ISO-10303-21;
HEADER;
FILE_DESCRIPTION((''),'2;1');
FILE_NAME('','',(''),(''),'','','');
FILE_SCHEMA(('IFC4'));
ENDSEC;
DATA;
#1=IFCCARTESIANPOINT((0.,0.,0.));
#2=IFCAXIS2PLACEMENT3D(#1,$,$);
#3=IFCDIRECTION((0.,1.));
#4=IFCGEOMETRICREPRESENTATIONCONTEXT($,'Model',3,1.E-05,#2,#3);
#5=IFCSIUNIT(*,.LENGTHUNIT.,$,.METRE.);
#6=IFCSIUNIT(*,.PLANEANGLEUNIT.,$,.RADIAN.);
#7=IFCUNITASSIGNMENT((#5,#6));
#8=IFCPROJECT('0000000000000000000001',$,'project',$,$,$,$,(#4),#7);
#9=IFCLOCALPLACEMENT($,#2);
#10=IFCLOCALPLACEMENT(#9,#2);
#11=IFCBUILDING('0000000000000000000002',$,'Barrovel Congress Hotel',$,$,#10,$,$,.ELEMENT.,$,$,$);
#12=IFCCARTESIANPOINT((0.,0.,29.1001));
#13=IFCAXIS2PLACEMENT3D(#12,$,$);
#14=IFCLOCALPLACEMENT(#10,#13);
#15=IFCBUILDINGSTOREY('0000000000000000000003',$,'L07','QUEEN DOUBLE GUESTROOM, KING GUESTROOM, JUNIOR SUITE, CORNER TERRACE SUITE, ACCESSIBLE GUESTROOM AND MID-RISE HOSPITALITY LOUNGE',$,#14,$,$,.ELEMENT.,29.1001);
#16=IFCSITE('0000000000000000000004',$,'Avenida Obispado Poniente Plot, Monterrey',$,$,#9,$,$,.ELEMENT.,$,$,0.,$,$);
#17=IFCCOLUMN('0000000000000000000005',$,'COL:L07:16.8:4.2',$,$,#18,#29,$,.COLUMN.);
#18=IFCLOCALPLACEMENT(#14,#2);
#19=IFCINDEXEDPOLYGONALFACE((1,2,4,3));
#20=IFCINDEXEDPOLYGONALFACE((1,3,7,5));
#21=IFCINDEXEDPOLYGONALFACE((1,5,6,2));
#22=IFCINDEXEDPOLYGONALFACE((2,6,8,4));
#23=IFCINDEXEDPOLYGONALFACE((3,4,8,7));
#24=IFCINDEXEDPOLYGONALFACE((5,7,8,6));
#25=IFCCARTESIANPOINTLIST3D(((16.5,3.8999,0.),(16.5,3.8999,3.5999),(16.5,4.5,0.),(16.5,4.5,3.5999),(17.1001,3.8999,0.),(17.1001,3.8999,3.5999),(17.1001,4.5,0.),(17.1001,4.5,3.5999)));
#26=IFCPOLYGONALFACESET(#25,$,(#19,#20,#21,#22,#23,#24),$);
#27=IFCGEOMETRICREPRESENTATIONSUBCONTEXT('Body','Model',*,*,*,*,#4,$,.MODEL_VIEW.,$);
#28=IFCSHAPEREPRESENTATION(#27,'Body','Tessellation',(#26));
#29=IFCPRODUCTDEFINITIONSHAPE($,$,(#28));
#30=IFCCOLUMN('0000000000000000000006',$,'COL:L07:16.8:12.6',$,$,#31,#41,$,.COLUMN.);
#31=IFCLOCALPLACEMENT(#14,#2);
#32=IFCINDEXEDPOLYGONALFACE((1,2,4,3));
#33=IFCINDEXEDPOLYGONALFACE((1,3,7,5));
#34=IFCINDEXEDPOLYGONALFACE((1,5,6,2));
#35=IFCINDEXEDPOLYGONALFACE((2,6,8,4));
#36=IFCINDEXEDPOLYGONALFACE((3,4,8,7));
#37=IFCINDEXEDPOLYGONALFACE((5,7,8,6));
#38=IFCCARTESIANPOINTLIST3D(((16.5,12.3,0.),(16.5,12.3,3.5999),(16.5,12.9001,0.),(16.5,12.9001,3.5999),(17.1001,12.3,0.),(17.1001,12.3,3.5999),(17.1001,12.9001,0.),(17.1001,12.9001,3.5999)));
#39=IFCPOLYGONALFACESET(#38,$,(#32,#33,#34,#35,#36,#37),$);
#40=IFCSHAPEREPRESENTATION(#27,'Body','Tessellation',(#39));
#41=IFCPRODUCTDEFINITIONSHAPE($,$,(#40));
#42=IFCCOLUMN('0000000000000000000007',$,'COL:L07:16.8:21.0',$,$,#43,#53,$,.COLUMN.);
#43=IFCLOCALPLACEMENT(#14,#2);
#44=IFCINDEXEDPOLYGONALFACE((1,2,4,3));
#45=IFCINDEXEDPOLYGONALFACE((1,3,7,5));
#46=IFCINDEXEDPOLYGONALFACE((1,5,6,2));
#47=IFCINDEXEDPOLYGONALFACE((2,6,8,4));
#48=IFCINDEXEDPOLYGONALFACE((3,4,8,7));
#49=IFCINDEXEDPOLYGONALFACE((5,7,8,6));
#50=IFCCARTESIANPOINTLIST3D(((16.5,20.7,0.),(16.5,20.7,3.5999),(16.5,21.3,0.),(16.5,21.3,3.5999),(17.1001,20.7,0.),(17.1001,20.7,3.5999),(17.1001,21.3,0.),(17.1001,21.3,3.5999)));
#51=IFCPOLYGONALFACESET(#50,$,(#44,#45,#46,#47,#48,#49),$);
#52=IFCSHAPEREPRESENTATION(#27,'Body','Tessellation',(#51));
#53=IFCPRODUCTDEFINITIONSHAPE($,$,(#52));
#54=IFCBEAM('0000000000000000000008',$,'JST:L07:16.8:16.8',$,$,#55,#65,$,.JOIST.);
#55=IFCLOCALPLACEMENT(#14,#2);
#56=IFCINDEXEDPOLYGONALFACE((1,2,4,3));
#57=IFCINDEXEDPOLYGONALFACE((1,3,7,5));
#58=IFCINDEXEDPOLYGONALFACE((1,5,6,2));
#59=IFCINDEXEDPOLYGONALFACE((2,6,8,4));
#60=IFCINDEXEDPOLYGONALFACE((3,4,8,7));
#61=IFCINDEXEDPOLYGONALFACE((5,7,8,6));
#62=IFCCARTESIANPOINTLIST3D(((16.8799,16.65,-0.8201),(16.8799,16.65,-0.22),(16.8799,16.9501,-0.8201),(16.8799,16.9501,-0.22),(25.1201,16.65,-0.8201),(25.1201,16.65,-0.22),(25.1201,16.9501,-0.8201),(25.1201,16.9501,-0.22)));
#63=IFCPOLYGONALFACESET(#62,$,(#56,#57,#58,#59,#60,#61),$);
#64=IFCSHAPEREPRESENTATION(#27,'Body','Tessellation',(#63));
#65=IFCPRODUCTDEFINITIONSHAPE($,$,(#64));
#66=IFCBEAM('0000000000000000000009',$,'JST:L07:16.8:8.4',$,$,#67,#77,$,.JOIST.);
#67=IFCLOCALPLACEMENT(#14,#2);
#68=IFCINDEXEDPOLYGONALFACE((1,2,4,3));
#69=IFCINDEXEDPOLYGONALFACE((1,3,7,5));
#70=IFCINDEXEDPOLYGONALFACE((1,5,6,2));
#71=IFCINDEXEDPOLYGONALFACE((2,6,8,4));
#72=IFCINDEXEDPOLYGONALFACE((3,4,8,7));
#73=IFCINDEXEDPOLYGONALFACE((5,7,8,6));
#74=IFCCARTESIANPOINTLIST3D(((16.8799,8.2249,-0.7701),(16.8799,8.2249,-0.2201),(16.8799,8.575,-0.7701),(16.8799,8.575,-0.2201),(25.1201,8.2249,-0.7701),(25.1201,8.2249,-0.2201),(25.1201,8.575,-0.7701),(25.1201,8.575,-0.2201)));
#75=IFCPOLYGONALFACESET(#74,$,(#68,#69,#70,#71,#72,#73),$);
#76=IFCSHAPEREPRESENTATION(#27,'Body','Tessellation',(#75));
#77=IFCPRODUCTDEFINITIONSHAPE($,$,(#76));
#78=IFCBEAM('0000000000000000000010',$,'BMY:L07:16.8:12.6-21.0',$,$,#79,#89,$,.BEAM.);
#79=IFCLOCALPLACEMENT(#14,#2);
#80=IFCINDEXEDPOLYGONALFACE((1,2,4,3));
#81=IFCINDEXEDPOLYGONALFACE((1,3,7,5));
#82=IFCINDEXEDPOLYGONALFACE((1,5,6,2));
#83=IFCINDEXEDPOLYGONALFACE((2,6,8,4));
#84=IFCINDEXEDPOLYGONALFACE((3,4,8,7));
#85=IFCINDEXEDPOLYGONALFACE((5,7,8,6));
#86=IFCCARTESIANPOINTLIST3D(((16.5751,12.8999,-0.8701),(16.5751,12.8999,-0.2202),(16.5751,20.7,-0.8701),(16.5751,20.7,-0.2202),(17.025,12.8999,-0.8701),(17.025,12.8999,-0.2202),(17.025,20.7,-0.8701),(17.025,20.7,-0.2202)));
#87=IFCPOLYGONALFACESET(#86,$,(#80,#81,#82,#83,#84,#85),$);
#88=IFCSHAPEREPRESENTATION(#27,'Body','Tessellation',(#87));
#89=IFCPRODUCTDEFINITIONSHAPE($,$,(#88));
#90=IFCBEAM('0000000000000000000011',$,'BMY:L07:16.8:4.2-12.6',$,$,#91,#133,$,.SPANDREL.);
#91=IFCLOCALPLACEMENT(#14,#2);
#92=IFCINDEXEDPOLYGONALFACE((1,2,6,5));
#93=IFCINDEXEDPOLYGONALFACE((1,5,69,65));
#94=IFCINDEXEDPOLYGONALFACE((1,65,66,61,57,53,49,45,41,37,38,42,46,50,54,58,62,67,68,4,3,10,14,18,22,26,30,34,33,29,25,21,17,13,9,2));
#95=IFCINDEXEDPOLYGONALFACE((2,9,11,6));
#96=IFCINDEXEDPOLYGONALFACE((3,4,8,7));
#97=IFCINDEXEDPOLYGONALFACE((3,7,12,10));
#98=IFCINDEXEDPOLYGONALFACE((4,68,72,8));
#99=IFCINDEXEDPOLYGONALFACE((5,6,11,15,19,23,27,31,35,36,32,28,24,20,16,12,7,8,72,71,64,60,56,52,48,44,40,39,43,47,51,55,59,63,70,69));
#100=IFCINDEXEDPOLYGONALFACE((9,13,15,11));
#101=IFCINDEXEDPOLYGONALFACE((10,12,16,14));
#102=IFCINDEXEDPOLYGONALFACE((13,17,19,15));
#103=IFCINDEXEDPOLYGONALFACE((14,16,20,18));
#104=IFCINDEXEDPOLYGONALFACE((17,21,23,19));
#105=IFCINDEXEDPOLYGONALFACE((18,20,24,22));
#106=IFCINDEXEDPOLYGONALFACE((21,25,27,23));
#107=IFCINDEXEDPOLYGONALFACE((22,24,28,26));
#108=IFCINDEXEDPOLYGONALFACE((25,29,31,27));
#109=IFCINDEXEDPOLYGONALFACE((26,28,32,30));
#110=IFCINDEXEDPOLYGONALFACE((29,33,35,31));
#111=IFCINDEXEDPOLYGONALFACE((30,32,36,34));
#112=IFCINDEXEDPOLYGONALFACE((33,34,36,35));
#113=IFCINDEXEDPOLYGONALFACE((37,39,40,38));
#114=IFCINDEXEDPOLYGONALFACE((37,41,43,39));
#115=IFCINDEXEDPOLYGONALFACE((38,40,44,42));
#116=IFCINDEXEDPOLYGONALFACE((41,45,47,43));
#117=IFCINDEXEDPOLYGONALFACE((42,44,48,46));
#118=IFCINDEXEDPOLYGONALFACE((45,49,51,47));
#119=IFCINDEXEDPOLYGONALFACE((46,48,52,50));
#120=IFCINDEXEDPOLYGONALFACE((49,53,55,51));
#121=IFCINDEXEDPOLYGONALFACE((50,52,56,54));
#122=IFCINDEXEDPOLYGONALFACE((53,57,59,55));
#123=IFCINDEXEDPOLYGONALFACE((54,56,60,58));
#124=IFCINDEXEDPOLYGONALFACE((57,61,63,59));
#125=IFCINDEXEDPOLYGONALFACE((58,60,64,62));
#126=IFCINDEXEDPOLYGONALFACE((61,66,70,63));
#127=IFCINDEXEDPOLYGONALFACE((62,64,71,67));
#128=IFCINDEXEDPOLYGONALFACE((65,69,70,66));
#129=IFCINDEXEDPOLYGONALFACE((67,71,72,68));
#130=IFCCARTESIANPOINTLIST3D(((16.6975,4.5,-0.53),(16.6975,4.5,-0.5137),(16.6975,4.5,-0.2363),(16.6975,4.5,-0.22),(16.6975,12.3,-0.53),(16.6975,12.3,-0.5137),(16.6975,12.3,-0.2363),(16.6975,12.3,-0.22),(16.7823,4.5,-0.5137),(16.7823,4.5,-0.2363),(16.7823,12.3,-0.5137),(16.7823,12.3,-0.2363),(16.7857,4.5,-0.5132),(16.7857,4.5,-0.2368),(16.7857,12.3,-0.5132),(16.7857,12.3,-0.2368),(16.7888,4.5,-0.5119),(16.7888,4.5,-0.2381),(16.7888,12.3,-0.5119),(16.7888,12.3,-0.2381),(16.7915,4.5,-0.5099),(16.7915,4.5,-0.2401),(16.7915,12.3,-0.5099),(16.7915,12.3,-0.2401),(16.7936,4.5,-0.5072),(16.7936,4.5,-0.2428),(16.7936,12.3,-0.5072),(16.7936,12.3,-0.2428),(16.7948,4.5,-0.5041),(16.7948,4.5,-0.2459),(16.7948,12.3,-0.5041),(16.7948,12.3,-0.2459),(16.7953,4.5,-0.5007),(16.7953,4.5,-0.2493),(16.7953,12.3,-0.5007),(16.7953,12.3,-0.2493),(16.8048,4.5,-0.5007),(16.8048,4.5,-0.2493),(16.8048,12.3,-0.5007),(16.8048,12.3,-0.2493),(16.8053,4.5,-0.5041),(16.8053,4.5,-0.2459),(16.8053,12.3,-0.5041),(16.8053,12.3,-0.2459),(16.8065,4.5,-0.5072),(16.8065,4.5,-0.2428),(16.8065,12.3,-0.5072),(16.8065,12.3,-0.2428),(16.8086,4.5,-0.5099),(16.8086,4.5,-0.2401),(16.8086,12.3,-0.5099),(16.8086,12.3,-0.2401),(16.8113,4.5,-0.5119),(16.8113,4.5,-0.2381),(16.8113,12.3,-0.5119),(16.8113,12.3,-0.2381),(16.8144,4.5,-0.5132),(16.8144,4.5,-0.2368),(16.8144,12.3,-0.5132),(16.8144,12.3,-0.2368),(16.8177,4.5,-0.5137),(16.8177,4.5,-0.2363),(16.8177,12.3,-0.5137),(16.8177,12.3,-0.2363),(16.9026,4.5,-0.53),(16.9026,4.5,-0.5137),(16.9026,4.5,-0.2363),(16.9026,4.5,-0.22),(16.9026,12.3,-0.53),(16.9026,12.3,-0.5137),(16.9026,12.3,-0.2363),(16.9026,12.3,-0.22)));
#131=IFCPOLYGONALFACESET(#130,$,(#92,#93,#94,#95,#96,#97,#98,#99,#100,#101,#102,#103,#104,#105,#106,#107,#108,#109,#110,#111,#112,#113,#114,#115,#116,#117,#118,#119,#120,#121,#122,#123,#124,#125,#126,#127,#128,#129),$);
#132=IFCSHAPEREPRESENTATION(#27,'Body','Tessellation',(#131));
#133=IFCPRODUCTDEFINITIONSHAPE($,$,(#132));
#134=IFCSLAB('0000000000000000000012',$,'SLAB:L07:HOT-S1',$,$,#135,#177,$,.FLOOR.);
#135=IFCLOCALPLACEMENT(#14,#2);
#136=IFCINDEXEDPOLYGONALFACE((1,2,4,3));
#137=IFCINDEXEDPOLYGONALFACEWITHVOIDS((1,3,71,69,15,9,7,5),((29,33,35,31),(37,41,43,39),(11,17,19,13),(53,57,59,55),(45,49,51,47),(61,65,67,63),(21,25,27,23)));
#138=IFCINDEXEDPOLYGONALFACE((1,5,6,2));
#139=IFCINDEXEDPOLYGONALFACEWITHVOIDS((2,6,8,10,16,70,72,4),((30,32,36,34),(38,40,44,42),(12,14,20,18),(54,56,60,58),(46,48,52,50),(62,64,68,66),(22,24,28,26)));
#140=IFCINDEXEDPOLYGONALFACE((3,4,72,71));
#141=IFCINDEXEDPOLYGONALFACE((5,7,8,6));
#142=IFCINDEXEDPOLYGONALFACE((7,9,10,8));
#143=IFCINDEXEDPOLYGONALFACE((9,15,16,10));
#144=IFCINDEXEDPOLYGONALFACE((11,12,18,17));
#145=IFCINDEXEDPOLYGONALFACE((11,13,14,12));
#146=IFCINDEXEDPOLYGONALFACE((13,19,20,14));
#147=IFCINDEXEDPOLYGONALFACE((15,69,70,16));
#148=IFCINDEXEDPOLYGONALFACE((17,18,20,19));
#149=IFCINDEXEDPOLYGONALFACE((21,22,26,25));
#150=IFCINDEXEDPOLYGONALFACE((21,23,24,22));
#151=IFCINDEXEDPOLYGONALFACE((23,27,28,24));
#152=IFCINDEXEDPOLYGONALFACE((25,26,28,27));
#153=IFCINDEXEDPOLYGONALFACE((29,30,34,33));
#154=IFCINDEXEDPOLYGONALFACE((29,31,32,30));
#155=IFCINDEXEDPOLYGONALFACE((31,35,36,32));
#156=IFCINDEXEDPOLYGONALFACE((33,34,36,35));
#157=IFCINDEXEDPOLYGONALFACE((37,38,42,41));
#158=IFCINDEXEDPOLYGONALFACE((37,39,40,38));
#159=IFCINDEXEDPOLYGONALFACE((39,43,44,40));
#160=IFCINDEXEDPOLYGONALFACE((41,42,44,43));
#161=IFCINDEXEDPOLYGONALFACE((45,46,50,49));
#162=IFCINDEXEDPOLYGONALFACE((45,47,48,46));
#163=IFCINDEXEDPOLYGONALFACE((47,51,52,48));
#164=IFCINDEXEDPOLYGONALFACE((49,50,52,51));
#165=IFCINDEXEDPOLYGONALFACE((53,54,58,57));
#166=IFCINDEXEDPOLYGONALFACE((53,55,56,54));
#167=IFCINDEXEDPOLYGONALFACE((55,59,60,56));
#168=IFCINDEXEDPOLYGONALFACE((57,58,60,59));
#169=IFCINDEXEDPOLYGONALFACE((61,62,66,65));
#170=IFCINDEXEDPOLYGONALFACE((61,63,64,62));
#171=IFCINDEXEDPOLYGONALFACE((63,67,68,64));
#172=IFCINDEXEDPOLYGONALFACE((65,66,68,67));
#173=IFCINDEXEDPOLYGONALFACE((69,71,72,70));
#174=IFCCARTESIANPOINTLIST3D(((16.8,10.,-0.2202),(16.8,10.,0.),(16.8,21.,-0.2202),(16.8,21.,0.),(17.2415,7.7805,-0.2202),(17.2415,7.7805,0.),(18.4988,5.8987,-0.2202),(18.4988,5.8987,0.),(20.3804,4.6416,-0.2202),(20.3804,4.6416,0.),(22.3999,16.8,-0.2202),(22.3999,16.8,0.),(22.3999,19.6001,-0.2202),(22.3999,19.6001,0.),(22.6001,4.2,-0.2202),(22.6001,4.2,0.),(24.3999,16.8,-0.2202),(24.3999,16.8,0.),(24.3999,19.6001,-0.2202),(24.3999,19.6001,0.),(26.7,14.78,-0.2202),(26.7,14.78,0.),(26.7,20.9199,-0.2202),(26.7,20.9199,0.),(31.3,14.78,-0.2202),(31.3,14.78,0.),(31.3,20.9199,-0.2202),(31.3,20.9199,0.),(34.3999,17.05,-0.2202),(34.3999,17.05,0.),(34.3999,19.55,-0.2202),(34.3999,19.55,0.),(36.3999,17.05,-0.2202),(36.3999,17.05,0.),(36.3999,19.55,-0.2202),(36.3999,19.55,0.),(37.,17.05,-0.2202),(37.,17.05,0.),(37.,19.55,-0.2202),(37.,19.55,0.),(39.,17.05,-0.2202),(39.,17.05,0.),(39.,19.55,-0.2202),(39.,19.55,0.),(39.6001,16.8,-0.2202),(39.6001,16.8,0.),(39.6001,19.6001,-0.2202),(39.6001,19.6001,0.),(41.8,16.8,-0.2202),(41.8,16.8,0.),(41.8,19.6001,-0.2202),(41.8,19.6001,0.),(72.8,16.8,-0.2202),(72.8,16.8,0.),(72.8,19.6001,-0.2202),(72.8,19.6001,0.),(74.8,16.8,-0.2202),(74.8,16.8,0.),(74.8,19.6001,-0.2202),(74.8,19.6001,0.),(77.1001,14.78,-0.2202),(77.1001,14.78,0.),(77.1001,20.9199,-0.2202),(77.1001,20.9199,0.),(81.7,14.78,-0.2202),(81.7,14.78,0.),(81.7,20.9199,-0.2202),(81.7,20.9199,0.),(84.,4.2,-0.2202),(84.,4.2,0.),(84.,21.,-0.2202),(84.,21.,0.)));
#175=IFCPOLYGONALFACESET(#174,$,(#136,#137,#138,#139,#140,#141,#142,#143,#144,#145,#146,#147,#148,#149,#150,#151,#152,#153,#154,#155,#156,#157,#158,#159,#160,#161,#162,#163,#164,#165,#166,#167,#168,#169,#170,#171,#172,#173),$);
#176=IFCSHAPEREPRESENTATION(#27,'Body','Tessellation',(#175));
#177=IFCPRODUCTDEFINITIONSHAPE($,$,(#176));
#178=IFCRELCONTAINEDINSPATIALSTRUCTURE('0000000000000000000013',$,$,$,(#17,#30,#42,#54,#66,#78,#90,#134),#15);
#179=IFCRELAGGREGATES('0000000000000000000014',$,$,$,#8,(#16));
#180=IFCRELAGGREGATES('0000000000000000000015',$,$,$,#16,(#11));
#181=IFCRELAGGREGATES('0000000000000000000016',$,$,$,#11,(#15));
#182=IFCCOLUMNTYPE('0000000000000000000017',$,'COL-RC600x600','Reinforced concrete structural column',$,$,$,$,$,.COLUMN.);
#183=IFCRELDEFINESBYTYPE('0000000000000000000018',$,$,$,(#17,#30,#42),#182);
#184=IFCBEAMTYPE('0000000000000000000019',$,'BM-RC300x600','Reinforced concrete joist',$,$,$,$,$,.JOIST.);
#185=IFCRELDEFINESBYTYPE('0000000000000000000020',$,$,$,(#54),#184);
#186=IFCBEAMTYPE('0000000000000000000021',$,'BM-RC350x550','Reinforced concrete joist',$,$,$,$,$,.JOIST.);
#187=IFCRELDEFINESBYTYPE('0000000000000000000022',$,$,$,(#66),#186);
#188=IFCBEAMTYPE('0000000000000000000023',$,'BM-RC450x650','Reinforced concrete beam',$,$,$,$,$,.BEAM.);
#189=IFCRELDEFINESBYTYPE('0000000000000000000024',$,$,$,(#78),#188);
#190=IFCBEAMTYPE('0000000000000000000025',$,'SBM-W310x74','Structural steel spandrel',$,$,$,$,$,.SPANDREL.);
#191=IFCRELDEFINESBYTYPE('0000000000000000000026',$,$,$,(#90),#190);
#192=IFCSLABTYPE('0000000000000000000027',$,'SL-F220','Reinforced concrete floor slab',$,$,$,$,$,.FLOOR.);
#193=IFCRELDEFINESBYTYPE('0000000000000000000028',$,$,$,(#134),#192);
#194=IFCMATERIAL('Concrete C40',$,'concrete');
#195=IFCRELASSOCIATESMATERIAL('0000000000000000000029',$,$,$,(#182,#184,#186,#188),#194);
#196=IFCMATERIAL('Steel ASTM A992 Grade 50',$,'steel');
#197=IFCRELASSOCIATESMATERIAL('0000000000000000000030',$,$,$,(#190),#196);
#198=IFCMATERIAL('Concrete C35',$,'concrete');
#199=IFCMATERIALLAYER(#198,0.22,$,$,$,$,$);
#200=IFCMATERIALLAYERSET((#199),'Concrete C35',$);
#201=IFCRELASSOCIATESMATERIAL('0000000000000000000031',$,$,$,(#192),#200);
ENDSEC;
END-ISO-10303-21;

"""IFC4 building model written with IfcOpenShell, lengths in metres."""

from ifc_helpers import new_model, si_unit, direction, frame, origin, origin_2d, place, context, subcontext, project, spatial, polyline, rectangle, i_section, outline, extrude, material, layer, layer_set, material_profile, profile_set, type_object, element, save


model = new_model("IFC4")

# Units and contexts
model_context = context("Model", 3, precision=1e-05, world=origin(), true_north=direction((0.0, 1.0)))
body_context = subcontext(model_context, "Body", "Model", "MODEL_VIEW")
ifc_project = project(units=[si_unit("LENGTHUNIT", "METRE"), si_unit("PLANEANGLEUNIT", "RADIAN")], contexts=[model_context])

# Site, building, storey
site_placement = place(None, origin())
site = spatial("IfcSite", under=ifc_project, at=site_placement, Name="Avenida Obispado Poniente Plot, Monterrey", CompositionType="ELEMENT", RefElevation=0.0)
building_placement = place(site_placement, origin())
building = spatial("IfcBuilding", under=site, at=building_placement, Name="Barrovel Congress Hotel", CompositionType="ELEMENT")
storey_placement = place(building_placement, frame((0.0, 0.0, 29.1001)))
storey = spatial("IfcBuildingStorey", under=building, at=storey_placement, Name="L07", Description="QUEEN DOUBLE GUESTROOM, KING GUESTROOM, JUNIOR SUITE, CORNER TERRACE SUITE, ACCESSIBLE GUESTROOM AND MID-RISE HOSPITALITY LOUNGE", CompositionType="ELEMENT", Elevation=29.1001)

# Columns
ifc_material_1 = material(Name="Concrete C40", Category="concrete")
ifc_material_profile_1 = material_profile(ifc_material_1, rectangle(XDim=0.6001, YDim=0.6001, at=origin_2d()), Name="RC600x600")
ifc_profile_set_1 = profile_set([ifc_material_profile_1], Name="Concrete C40")
column_type = type_object("IfcColumnType", Name="COL-RC600x600", Description="Reinforced concrete structural column", PredefinedType="COLUMN", material=ifc_profile_set_1)
for number, where, z_axis, x_axis, name in (
    (1, (16.8, 4.2, 0.0), (0.0, 0.0, 1.0), (1.0, 0.0, 0.0), "COL:L07:16.8:4.2"),
    (2, (16.8, 12.6001, 0.0), (0.0, 0.0, 1.0), (1.0, 0.0, 0.0), "COL:L07:16.8:12.6"),
    (3, (16.8, 21.0, 0.0), (0.0, 0.0, 1.0), (1.0, 0.0, 0.0), "COL:L07:16.8:21.0"),
):
    element("IfcColumn", number, at=place(storey_placement, frame(where, z_axis=z_axis, x_axis=x_axis)), inside=storey, type_object=column_type, Name=name, PredefinedType="COLUMN", context=body_context, shape_type="SweptSolid", body=[
        extrude(rectangle(XDim=0.6001, YDim=0.6001, at=origin_2d()), origin(), (0.0, 0.0, 1.0), 3.5999),
    ])

# Beams
ifc_material_profile_2 = material_profile(ifc_material_1, rectangle(XDim=0.3, YDim=0.6001, at=origin_2d()), Name="RC300x600")
ifc_profile_set_2 = profile_set([ifc_material_profile_2], Name="Concrete C40")
beam_type_1 = type_object("IfcBeamType", Name="BM-RC300x600", Description="Reinforced concrete joist", PredefinedType="JOIST", material=ifc_profile_set_2)
beam_1_placement = place(storey_placement, frame((16.8799, 16.8, -0.52), z_axis=(1.0, 0.0, 0.0), x_axis=(0.0, 1.0, 0.0)))
element("IfcBeam", 4, at=beam_1_placement, inside=storey, type_object=beam_type_1, Name="JST:L07:16.8:16.8", PredefinedType="JOIST", context=body_context, shape_type="SweptSolid", body=[
    extrude(rectangle(XDim=0.3, YDim=0.6001, at=origin_2d()), origin(), (0.0, 0.0, 1.0), 8.2402),
])
ifc_material_profile_3 = material_profile(ifc_material_1, rectangle(XDim=0.3501, YDim=0.55, at=origin_2d()), Name="RC350x550")
ifc_profile_set_3 = profile_set([ifc_material_profile_3], Name="Concrete C40")
beam_type_2 = type_object("IfcBeamType", Name="BM-RC350x550", Description="Reinforced concrete joist", PredefinedType="JOIST", material=ifc_profile_set_3)
beam_2_placement = place(storey_placement, frame((16.8799, 8.3999, -0.4951), z_axis=(1.0, 0.0, 0.0), x_axis=(0.0, 1.0, 0.0)))
element("IfcBeam", 5, at=beam_2_placement, inside=storey, type_object=beam_type_2, Name="JST:L07:16.8:8.4", PredefinedType="JOIST", context=body_context, shape_type="SweptSolid", body=[
    extrude(rectangle(XDim=0.3501, YDim=0.55, at=origin_2d()), origin(), (0.0, 0.0, 1.0), 8.2402),
])
ifc_material_profile_4 = material_profile(ifc_material_1, rectangle(XDim=0.45, YDim=0.6499, at=origin_2d()), Name="RC450x650")
ifc_profile_set_4 = profile_set([ifc_material_profile_4], Name="Concrete C40")
beam_type_3 = type_object("IfcBeamType", Name="BM-RC450x650", Description="Reinforced concrete beam", PredefinedType="BEAM", material=ifc_profile_set_4)
beam_3_placement = place(storey_placement, frame((16.8, 12.8999, -0.5452), z_axis=(0.0, 1.0, 0.0), x_axis=(-1.0, 0.0, 0.0)))
element("IfcBeam", 6, at=beam_3_placement, inside=storey, type_object=beam_type_3, Name="BMY:L07:16.8:12.6-21.0", PredefinedType="BEAM", context=body_context, shape_type="SweptSolid", body=[
    extrude(rectangle(XDim=0.45, YDim=0.6499, at=origin_2d()), origin(), (0.0, 0.0, 1.0), 7.8),
])
ifc_material_2 = material(Name="Steel ASTM A992 Grade 50", Category="steel")
ifc_material_profile_5 = material_profile(ifc_material_2, i_section(OverallWidth=0.2051, OverallDepth=0.3101, WebThickness=0.0095, FlangeThickness=0.0164, FilletRadius=0.0129, at=origin_2d()), Name="W310x74")
ifc_profile_set_5 = profile_set([ifc_material_profile_5], Name="Steel ASTM A992 Grade 50")
beam_type_4 = type_object("IfcBeamType", Name="SBM-W310x74", Description="Structural steel spandrel", PredefinedType="SPANDREL", material=ifc_profile_set_5)
beam_4_placement = place(storey_placement, frame((16.8, 4.5, -0.375), z_axis=(0.0, 1.0, 0.0), x_axis=(-1.0, 0.0, 0.0)))
element("IfcBeam", 7, at=beam_4_placement, inside=storey, type_object=beam_type_4, Name="BMY:L07:16.8:4.2-12.6", PredefinedType="SPANDREL", context=body_context, shape_type="SweptSolid", body=[
    extrude(i_section(OverallWidth=0.2051, OverallDepth=0.3101, WebThickness=0.0095, FlangeThickness=0.0164, FilletRadius=0.0129, at=origin_2d()), origin(), (0.0, 0.0, 1.0), 7.8),
])

# Slab
ifc_material_3 = material(Name="Concrete C35", Category="concrete")
ifc_layer_1 = layer(ifc_material_3, 0.22)
ifc_layer_set_1 = layer_set([ifc_layer_1], Name="Concrete C35")
slab_type_1 = type_object("IfcSlabType", Name="SL-F220", Description="Reinforced concrete floor slab", PredefinedType="FLOOR", material=ifc_layer_set_1)
slab_1_placement = place(storey_placement, frame((0.0, 0.0, -0.2202)))
element("IfcSlab", 8, at=slab_1_placement, inside=storey, type_object=slab_type_1, Name="SLAB:L07:HOT-S1", PredefinedType="FLOOR", context=body_context, shape_type="SweptSolid", body=[
    extrude(outline(polyline([(16.8, 10.0), (17.2415, 7.7805), (18.4988, 5.8987), (20.3804, 4.6416), (22.6001, 4.2), (84.0, 4.2), (84.0, 21.0), (16.8, 21.0), (16.8, 10.0)]), holes=[polyline([(26.7, 14.78), (26.7, 20.9199), (31.3, 20.9199), (31.3, 14.78), (26.7, 14.78)]), polyline([(77.1001, 14.78), (77.1001, 20.9199), (81.7, 20.9199), (81.7, 14.78), (77.1001, 14.78)]), polyline([(22.3999, 16.8), (22.3999, 19.6001), (24.3999, 19.6001), (24.3999, 16.8), (22.3999, 16.8)]), polyline([(72.8, 16.8), (72.8, 19.6001), (74.8, 19.6001), (74.8, 16.8), (72.8, 16.8)]), polyline([(34.3999, 17.05), (34.3999, 19.55), (36.3999, 19.55), (36.3999, 17.05), (34.3999, 17.05)]), polyline([(37.0, 17.05), (37.0, 19.55), (39.0, 19.55), (39.0, 17.05), (37.0, 17.05)]), polyline([(39.6001, 16.8), (39.6001, 19.6001), (41.8, 19.6001), (41.8, 16.8), (39.6001, 16.8)])]), origin(), (0.0, 0.0, 1.0), 0.2202),
])

save(model, "model.ifc")
